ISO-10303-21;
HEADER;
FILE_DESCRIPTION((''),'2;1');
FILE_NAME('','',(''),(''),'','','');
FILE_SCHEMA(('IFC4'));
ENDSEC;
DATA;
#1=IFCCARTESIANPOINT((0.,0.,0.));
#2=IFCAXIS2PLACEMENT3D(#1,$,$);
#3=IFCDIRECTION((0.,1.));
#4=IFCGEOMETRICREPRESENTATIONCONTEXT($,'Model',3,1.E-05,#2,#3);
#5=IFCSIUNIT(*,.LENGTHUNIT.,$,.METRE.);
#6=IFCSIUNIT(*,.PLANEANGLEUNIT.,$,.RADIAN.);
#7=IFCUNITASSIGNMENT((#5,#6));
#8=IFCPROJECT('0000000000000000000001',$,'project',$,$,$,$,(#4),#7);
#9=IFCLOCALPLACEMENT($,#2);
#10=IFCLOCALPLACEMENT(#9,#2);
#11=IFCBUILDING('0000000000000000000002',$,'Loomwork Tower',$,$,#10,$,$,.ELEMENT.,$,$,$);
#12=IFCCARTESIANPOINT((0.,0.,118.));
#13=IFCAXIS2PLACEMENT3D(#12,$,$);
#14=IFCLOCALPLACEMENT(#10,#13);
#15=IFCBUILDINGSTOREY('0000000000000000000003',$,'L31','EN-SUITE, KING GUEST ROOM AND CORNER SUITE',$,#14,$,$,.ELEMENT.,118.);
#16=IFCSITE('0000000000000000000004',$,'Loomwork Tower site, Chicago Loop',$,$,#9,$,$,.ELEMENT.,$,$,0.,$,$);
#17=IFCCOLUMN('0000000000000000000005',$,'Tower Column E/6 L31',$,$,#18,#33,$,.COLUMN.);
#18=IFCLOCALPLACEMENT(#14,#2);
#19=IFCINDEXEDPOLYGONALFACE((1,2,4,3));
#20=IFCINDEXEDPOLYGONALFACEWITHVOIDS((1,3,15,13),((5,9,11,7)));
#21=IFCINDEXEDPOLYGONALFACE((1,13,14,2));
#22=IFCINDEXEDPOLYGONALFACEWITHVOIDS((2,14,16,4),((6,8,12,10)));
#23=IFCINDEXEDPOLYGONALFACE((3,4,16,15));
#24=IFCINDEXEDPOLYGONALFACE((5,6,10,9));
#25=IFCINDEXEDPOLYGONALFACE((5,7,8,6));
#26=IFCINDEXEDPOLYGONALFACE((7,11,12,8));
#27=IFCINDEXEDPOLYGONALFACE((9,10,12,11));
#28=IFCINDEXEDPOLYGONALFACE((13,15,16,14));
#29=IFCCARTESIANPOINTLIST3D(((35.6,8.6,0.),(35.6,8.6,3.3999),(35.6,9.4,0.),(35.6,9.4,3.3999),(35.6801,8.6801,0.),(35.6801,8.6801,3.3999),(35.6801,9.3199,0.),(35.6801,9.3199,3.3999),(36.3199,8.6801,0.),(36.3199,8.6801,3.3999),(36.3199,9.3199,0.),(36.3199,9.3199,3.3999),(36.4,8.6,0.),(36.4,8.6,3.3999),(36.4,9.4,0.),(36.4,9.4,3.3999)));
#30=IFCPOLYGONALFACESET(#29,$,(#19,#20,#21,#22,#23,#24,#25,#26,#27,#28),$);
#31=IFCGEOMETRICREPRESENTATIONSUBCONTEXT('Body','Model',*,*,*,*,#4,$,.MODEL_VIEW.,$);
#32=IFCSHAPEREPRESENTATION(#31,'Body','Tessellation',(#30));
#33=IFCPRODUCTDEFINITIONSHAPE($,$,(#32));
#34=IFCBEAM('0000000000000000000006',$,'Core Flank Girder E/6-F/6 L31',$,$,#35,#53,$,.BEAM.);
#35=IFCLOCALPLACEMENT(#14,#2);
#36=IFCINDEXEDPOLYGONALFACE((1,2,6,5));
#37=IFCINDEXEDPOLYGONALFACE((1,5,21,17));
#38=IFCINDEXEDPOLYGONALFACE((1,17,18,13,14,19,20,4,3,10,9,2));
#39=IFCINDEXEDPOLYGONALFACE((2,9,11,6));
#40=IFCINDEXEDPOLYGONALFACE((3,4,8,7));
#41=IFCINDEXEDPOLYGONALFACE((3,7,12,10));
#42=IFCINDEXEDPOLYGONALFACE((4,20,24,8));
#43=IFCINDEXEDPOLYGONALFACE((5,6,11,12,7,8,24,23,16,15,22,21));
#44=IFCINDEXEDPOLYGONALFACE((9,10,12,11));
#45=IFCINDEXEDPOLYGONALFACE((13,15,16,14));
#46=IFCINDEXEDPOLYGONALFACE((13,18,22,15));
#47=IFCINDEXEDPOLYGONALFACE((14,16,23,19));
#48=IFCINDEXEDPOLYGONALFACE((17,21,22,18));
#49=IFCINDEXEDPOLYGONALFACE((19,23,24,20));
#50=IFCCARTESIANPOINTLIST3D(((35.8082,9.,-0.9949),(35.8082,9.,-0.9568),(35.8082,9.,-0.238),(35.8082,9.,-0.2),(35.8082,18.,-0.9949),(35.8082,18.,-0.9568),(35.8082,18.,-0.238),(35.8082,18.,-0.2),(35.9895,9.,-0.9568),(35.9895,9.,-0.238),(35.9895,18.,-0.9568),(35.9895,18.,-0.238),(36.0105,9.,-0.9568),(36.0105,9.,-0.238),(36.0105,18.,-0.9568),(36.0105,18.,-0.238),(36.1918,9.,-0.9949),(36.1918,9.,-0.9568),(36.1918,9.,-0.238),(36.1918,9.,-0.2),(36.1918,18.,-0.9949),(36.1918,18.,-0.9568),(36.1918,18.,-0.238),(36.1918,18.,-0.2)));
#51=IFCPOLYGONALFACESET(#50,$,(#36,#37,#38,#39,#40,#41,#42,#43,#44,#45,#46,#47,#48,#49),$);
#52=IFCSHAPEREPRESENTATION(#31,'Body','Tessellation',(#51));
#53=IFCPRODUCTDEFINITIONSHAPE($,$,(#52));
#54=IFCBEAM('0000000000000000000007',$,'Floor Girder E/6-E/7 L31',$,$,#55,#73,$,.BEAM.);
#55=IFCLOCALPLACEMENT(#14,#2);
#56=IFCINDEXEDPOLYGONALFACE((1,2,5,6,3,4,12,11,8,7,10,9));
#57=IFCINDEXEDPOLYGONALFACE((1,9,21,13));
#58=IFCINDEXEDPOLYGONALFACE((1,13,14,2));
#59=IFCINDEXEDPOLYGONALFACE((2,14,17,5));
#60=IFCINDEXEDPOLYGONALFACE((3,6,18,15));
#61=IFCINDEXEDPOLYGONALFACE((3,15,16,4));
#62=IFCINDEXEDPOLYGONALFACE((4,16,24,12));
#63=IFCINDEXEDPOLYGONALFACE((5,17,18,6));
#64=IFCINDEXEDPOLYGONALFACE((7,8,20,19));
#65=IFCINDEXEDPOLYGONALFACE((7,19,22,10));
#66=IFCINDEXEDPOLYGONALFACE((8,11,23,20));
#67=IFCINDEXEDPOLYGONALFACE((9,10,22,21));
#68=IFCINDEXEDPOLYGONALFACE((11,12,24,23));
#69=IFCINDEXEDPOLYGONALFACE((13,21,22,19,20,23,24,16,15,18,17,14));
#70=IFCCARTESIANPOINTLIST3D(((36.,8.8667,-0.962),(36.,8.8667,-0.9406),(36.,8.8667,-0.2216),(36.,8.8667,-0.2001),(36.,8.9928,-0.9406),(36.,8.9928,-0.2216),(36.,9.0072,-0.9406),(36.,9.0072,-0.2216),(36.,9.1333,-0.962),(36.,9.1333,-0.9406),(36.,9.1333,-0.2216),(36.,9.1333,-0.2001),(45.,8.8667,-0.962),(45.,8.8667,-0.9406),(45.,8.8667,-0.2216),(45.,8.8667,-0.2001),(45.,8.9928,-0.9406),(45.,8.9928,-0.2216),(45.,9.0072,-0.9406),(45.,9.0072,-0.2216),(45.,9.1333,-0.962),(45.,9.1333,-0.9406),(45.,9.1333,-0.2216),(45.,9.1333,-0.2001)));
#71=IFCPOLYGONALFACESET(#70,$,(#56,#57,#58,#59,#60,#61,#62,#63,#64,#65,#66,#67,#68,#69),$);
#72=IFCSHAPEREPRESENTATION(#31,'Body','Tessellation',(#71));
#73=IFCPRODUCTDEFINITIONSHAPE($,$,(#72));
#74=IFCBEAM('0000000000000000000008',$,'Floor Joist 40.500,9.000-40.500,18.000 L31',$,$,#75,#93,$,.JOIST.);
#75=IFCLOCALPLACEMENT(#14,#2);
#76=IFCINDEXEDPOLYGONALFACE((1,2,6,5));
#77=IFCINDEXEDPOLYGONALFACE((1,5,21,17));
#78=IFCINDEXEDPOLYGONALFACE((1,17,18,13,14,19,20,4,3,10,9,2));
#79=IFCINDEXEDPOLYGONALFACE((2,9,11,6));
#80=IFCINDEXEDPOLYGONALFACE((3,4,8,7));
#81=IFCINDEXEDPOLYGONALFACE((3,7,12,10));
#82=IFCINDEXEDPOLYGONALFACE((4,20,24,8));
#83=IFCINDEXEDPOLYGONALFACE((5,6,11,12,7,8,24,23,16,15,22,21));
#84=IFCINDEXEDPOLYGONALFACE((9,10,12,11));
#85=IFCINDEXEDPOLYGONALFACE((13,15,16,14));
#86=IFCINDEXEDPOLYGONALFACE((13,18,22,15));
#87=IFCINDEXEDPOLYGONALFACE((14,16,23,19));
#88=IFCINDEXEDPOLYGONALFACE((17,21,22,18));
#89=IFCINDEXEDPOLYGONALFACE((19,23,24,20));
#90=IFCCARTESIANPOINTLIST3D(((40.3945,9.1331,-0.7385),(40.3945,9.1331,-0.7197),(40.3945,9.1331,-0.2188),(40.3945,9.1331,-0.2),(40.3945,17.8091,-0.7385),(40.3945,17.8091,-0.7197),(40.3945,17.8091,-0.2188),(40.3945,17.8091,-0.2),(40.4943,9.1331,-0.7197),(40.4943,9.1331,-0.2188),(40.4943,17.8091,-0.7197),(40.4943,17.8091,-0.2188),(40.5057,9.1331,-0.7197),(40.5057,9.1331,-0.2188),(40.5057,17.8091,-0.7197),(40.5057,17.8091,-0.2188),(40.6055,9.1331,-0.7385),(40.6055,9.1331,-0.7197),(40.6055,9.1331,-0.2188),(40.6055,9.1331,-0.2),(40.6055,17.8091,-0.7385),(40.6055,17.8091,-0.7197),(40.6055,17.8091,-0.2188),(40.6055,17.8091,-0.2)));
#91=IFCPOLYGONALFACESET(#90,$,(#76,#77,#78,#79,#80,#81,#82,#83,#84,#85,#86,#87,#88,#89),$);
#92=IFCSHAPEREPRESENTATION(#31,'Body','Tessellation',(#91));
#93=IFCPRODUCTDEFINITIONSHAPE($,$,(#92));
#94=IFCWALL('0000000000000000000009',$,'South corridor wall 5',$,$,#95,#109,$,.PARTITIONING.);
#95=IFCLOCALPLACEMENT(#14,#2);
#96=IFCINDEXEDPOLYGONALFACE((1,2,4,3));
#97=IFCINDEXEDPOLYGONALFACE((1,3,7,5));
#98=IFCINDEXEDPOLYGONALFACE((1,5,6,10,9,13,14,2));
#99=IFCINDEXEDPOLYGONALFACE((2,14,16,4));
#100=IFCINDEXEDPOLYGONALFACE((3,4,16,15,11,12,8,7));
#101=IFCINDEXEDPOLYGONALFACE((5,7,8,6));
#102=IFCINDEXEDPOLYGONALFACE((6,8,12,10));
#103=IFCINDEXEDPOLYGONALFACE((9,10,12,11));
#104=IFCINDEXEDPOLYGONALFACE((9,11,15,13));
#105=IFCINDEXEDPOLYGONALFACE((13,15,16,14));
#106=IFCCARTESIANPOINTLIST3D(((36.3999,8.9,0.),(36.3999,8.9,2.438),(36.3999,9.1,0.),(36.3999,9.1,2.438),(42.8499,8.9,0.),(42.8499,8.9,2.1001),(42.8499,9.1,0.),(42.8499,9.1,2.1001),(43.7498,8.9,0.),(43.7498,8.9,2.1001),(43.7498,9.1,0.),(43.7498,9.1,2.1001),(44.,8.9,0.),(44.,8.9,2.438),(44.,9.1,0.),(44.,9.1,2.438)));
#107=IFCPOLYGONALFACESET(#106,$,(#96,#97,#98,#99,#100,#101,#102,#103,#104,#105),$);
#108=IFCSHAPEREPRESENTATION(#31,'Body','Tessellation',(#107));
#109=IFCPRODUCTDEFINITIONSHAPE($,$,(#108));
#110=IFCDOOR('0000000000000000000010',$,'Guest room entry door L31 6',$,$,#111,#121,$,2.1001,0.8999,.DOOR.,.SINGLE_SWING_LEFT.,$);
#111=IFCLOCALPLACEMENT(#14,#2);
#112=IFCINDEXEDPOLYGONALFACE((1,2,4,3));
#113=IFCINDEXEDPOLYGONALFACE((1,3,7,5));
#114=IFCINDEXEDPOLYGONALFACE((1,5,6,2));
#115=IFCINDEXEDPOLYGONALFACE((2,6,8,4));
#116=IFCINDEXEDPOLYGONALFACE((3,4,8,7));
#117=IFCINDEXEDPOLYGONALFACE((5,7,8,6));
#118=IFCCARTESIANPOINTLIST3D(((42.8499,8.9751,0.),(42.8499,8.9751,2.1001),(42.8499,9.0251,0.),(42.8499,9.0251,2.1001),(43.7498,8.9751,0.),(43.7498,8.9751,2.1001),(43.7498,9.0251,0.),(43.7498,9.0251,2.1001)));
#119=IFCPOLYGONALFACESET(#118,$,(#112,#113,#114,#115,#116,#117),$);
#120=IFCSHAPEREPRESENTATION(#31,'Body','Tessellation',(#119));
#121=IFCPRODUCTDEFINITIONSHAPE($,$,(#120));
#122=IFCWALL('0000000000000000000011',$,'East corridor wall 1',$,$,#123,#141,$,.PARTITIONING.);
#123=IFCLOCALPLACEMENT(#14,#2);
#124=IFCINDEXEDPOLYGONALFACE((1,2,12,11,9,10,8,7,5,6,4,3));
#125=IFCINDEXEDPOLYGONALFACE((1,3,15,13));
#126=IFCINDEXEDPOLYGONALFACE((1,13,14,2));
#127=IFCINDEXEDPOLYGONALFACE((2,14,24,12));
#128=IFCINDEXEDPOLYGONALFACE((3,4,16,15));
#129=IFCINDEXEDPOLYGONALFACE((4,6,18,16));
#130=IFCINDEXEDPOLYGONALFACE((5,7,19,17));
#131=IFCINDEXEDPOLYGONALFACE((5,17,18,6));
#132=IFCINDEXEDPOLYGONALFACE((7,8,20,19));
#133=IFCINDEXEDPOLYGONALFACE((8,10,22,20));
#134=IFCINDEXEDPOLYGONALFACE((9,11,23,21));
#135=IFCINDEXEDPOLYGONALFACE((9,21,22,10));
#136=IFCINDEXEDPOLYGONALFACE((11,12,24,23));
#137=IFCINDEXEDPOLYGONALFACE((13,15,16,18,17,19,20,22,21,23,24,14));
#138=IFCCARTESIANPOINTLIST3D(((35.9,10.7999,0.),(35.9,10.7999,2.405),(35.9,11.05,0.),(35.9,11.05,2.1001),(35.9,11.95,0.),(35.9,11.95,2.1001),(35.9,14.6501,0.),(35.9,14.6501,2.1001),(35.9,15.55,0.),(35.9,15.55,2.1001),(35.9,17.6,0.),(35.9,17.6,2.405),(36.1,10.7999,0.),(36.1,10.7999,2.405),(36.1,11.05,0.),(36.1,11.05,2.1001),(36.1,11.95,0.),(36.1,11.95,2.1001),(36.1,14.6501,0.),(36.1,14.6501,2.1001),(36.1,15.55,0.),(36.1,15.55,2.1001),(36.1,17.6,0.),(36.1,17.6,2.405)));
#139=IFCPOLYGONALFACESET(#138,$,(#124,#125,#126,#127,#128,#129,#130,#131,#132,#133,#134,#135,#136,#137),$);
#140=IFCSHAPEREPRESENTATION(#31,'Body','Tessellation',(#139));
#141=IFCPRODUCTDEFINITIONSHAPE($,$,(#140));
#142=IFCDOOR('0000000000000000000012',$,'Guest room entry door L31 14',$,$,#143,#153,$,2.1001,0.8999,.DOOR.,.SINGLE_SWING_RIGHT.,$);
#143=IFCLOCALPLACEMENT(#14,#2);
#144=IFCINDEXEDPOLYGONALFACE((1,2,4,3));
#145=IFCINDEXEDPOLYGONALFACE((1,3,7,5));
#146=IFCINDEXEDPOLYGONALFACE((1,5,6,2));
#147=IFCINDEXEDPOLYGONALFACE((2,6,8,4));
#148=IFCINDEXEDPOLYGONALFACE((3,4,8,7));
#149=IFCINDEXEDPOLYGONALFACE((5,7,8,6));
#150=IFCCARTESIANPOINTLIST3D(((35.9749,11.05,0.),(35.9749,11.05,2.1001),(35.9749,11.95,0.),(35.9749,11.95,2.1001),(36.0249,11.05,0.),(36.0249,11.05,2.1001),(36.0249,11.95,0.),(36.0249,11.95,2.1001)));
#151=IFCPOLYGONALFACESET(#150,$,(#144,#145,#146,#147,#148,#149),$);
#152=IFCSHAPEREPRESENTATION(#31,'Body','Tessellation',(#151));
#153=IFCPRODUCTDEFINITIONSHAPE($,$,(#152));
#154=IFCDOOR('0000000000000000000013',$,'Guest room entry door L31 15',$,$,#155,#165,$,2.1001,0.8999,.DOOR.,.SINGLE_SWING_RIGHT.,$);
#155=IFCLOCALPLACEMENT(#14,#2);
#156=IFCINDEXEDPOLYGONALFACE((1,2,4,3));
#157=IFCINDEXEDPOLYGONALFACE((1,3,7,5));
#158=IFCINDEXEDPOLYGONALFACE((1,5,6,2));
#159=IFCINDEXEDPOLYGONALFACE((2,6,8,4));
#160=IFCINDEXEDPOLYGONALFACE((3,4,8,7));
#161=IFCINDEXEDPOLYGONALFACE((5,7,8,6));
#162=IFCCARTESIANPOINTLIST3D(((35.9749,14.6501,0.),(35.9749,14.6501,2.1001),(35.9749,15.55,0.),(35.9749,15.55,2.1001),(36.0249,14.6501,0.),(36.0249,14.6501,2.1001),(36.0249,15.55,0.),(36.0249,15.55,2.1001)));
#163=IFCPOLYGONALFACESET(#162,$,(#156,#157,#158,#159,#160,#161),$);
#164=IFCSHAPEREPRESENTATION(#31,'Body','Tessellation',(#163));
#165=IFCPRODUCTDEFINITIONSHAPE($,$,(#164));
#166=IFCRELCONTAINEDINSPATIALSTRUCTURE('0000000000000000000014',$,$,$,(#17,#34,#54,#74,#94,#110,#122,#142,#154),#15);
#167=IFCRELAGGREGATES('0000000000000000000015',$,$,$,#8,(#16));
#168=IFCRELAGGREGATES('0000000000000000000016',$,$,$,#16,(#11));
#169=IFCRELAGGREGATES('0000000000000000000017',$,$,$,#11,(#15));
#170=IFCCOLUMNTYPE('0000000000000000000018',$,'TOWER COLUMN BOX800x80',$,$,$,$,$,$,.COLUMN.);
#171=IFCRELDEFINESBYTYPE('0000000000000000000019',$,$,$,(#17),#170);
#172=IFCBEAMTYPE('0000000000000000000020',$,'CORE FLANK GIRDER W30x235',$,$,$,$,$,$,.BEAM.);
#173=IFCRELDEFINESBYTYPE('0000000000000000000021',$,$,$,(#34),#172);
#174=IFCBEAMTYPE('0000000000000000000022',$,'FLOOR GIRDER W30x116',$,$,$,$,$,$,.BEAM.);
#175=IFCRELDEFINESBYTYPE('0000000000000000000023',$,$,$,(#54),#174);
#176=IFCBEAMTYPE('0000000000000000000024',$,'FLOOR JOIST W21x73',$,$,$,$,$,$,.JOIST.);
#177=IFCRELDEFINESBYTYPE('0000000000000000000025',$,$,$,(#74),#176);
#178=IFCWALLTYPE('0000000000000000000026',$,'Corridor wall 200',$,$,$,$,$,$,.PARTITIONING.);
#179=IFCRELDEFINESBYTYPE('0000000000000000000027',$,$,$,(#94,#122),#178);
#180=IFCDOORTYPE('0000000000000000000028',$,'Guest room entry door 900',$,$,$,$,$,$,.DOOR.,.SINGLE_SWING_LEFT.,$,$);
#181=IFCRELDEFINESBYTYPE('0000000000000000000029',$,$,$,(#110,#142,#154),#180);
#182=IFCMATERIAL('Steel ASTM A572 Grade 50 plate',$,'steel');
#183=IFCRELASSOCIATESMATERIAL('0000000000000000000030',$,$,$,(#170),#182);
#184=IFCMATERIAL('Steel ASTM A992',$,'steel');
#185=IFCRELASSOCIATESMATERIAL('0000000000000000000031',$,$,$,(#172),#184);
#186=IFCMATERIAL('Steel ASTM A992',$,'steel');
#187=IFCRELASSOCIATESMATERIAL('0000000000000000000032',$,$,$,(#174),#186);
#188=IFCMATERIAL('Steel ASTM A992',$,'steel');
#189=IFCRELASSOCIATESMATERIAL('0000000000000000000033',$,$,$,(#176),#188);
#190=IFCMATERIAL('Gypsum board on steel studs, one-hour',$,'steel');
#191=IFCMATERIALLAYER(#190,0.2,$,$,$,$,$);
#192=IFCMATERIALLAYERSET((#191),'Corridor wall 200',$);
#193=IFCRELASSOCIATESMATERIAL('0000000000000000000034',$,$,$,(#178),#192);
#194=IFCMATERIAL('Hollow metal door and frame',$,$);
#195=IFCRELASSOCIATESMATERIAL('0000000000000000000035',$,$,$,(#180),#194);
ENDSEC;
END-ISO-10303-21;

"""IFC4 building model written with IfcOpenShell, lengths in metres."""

from ifc_helpers import new_model, si_unit, direction, frame, frame_2d, origin, origin_2d, place, context, subcontext, project, spatial, rectangle, hollow_rectangle, i_section, extrude, material, layer, layer_set, material_profile, profile_set, type_object, element, fill, save


model = new_model("IFC4")

# Units and contexts
model_context = context("Model", 3, precision=1e-05, world=origin(), true_north=direction((0.0, 1.0)))
body_context = subcontext(model_context, "Body", "Model", "MODEL_VIEW")
ifc_project = project(units=[si_unit("LENGTHUNIT", "METRE"), si_unit("PLANEANGLEUNIT", "RADIAN")], contexts=[model_context])

# Site, building, storey
site_placement = place(None, origin())
site = spatial("IfcSite", under=ifc_project, at=site_placement, Name="Loomwork Tower site, Chicago Loop", CompositionType="ELEMENT", RefElevation=0.0)
building_placement = place(site_placement, origin())
building = spatial("IfcBuilding", under=site, at=building_placement, Name="Loomwork Tower", CompositionType="ELEMENT")
storey_placement = place(building_placement, frame((0.0, 0.0, 118.0)))
storey = spatial("IfcBuildingStorey", under=building, at=storey_placement, Name="L31", Description="EN-SUITE, KING GUEST ROOM AND CORNER SUITE", CompositionType="ELEMENT", Elevation=118.0)

# Column
ifc_material_1 = material(Name="Steel ASTM A572 Grade 50 plate", Category="steel")
ifc_material_profile_1 = material_profile(ifc_material_1, hollow_rectangle(XDim=0.8, YDim=0.8, WallThickness=0.0801, at=origin_2d()), Name="BOX800x80")
ifc_profile_set_1 = profile_set([ifc_material_profile_1], Name="Steel ASTM A572 Grade 50 plate")
column_type = type_object("IfcColumnType", Name="TOWER COLUMN BOX800x80", PredefinedType="COLUMN", material=ifc_profile_set_1)
column_placement = place(storey_placement, frame((36.0, 9.0, 0.0), z_axis=(0.0, 0.0, 1.0), x_axis=(0.0, 1.0, 0.0)))
element("IfcColumn", 1, at=column_placement, inside=storey, type_object=column_type, Name="Tower Column E/6 L31", PredefinedType="COLUMN", context=body_context, shape_type="SweptSolid", body=[
    extrude(hollow_rectangle(XDim=0.8, YDim=0.8, WallThickness=0.0801, at=origin_2d()), origin(), (0.0, 0.0, 1.0), 3.3999),
])

# Beams
ifc_material_2 = material(Name="Steel ASTM A992", Category="steel")
ifc_material_profile_2 = material_profile(ifc_material_2, i_section(OverallWidth=0.3835, OverallDepth=0.7949, WebThickness=0.021, FlangeThickness=0.0381, at=origin_2d()), Name="W30x235")
ifc_profile_set_2 = profile_set([ifc_material_profile_2], Name="Steel ASTM A992")
beam_type_1 = type_object("IfcBeamType", Name="CORE FLANK GIRDER W30x235", PredefinedType="BEAM", material=ifc_profile_set_2)
beam_1_placement = place(storey_placement, frame((36.0, 9.0, -0.5974), z_axis=(0.0, 1.0, 0.0), x_axis=(-1.0, 0.0, 0.0)))
element("IfcBeam", 2, at=beam_1_placement, inside=storey, type_object=beam_type_1, Name="Core Flank Girder E/6-F/6 L31", PredefinedType="BEAM", context=body_context, shape_type="SweptSolid", body=[
    extrude(i_section(OverallWidth=0.3835, OverallDepth=0.7949, WebThickness=0.021, FlangeThickness=0.0381, at=origin_2d()), origin(), (0.0, 0.0, 1.0), 9.0),
])
ifc_material_3 = material(Name="Steel ASTM A992", Category="steel")
ifc_material_profile_3 = material_profile(ifc_material_3, i_section(OverallWidth=0.2666, OverallDepth=0.762, WebThickness=0.0144, FlangeThickness=0.0215, at=origin_2d()), Name="W30x116")
ifc_profile_set_3 = profile_set([ifc_material_profile_3], Name="Steel ASTM A992")
beam_type_2 = type_object("IfcBeamType", Name="FLOOR GIRDER W30x116", PredefinedType="BEAM", material=ifc_profile_set_3)
beam_2_placement = place(storey_placement, frame((36.0, 9.0, -0.5811), z_axis=(1.0, 0.0, 0.0), x_axis=(0.0, 1.0, 0.0)))
element("IfcBeam", 3, at=beam_2_placement, inside=storey, type_object=beam_type_2, Name="Floor Girder E/6-E/7 L31", PredefinedType="BEAM", context=body_context, shape_type="SweptSolid", body=[
    extrude(i_section(OverallWidth=0.2666, OverallDepth=0.762, WebThickness=0.0144, FlangeThickness=0.0215, at=origin_2d()), origin(), (0.0, 0.0, 1.0), 9.0),
])
ifc_material_4 = material(Name="Steel ASTM A992", Category="steel")
ifc_material_profile_4 = material_profile(ifc_material_4, i_section(OverallWidth=0.2109, OverallDepth=0.5386, WebThickness=0.0115, FlangeThickness=0.0188, at=origin_2d()), Name="W21x73")
ifc_profile_set_4 = profile_set([ifc_material_profile_4], Name="Steel ASTM A992")
beam_type_3 = type_object("IfcBeamType", Name="FLOOR JOIST W21x73", PredefinedType="JOIST", material=ifc_profile_set_4)
beam_3_placement = place(storey_placement, frame((40.5, 9.1331, -0.4692), z_axis=(0.0, 1.0, 0.0), x_axis=(-1.0, 0.0, 0.0)))
element("IfcBeam", 4, at=beam_3_placement, inside=storey, type_object=beam_type_3, Name="Floor Joist 40.500,9.000-40.500,18.000 L31", PredefinedType="JOIST", context=body_context, shape_type="SweptSolid", body=[
    extrude(i_section(OverallWidth=0.2109, OverallDepth=0.5386, WebThickness=0.0115, FlangeThickness=0.0188, at=origin_2d()), origin(), (0.0, 0.0, 1.0), 8.676),
])

# Wall, opening, door
ifc_material_5 = material(Name="Gypsum board on steel studs, one-hour", Category="steel")
ifc_layer_1 = layer(ifc_material_5, 0.2)
ifc_layer_set_1 = layer_set([ifc_layer_1], Name="Corridor wall 200")
wall_type_1 = type_object("IfcWallType", Name="Corridor wall 200", PredefinedType="PARTITIONING", material=ifc_layer_set_1)
wall_1_placement = place(storey_placement, frame((36.3999, 9.0, 0.0), z_axis=(0.0, 0.0, 1.0), x_axis=(1.0, 0.0, 0.0)))
wall_1 = element("IfcWall", 5, at=wall_1_placement, inside=storey, type_object=wall_type_1, Name="South corridor wall 5", PredefinedType="PARTITIONING", context=body_context, shape_type="SweptSolid", body=[
    extrude(rectangle(XDim=7.6001, YDim=0.2, at=frame_2d((3.8, 0.0))), origin(), (0.0, 0.0, 1.0), 2.438),
])
opening_1_placement = place(wall_1_placement, frame((6.45, 0.0, 0.0)))
opening_1 = element("IfcOpeningElement", 6, at=opening_1_placement, cuts=wall_1, PredefinedType="OPENING", context=body_context, shape_type="SweptSolid", body=[
    extrude(rectangle(XDim=0.8999, YDim=2.1001, at=frame_2d((0.45, 1.05))), frame((0.0, 0.1099, 0.0), z_axis=(0.0, -1.0, 0.0), x_axis=(1.0, 0.0, 0.0)), (0.0, 0.0, 1.0), 0.22),
])
ifc_material_6 = material(Name="Hollow metal door and frame")
door_type_1 = type_object("IfcDoorType", Name="Guest room entry door 900", OperationType="SINGLE_SWING_LEFT", PredefinedType="DOOR", material=ifc_material_6)
door_1_placement = place(opening_1_placement, frame((0.8999, 0.0, 0.0), z_axis=(0.0, 0.0, 1.0), x_axis=(-1.0, 0.0, 0.0)))
door_1 = element("IfcDoor", 7, at=door_1_placement, inside=storey, type_object=door_type_1, Name="Guest room entry door L31 6", OperationType="SINGLE_SWING_LEFT", OverallHeight=2.1001, OverallWidth=0.8999, PredefinedType="DOOR", context=body_context, shape_type="SweptSolid", body=[
    extrude(rectangle(XDim=0.8999, YDim=2.1001, at=frame_2d((0.45, 1.05))), frame((0.0, 0.0249, 0.0), z_axis=(0.0, -1.0, 0.0), x_axis=(1.0, 0.0, 0.0)), (0.0, 0.0, 1.0), 0.05),
])
fill(opening_1, door_1)

# Wall, openings, doors
wall_2_placement = place(storey_placement, frame((36.0, 10.8, 0.0), z_axis=(0.0, 0.0, 1.0), x_axis=(0.0, 1.0, 0.0)))
wall_2 = element("IfcWall", 8, at=wall_2_placement, inside=storey, type_object=wall_type_1, Name="East corridor wall 1", PredefinedType="PARTITIONING", context=body_context, shape_type="SweptSolid", body=[
    extrude(rectangle(XDim=6.8, YDim=0.2, at=frame_2d((3.3999, 0.0))), origin(), (0.0, 0.0, 1.0), 2.405),
])
opening_2_placement = place(wall_2_placement, frame((0.25, 0.0, 0.0)))
opening_2 = element("IfcOpeningElement", 9, at=opening_2_placement, cuts=wall_2, PredefinedType="OPENING", context=body_context, shape_type="SweptSolid", body=[
    extrude(rectangle(XDim=0.8999, YDim=2.1001, at=frame_2d((0.45, 1.05))), frame((0.0, 0.1099, 0.0), z_axis=(0.0, -1.0, 0.0), x_axis=(1.0, 0.0, 0.0)), (0.0, 0.0, 1.0), 0.22),
])
opening_3_placement = place(wall_2_placement, frame((3.8501, 0.0, 0.0)))
opening_3 = element("IfcOpeningElement", 10, at=opening_3_placement, cuts=wall_2, PredefinedType="OPENING", context=body_context, shape_type="SweptSolid", body=[
    extrude(rectangle(XDim=0.8999, YDim=2.1001, at=frame_2d((0.45, 1.05))), frame((0.0, 0.1099, 0.0), z_axis=(0.0, -1.0, 0.0), x_axis=(1.0, 0.0, 0.0)), (0.0, 0.0, 1.0), 0.22),
])
door_2_placement = place(opening_2_placement, frame((0.8999, 0.0, 0.0), z_axis=(0.0, 0.0, 1.0), x_axis=(-1.0, 0.0, 0.0)))
door_2 = element("IfcDoor", 11, at=door_2_placement, inside=storey, type_object=door_type_1, Name="Guest room entry door L31 14", OperationType="SINGLE_SWING_RIGHT", OverallHeight=2.1001, OverallWidth=0.8999, PredefinedType="DOOR", context=body_context, shape_type="SweptSolid", body=[
    extrude(rectangle(XDim=0.8999, YDim=2.1001, at=frame_2d((0.45, 1.05))), frame((0.0, 0.0249, 0.0), z_axis=(0.0, -1.0, 0.0), x_axis=(1.0, 0.0, 0.0)), (0.0, 0.0, 1.0), 0.05),
])
fill(opening_2, door_2)
door_3_placement = place(opening_3_placement, frame((0.8999, 0.0, 0.0), z_axis=(0.0, 0.0, 1.0), x_axis=(-1.0, 0.0, 0.0)))
door_3 = element("IfcDoor", 12, at=door_3_placement, inside=storey, type_object=door_type_1, Name="Guest room entry door L31 15", OperationType="SINGLE_SWING_RIGHT", OverallHeight=2.1001, OverallWidth=0.8999, PredefinedType="DOOR", context=body_context, shape_type="SweptSolid", body=[
    extrude(rectangle(XDim=0.8999, YDim=2.1001, at=frame_2d((0.45, 1.05))), frame((0.0, 0.0249, 0.0), z_axis=(0.0, -1.0, 0.0), x_axis=(1.0, 0.0, 0.0)), (0.0, 0.0, 1.0), 0.05),
])
fill(opening_3, door_3)

save(model, "model.ifc")
